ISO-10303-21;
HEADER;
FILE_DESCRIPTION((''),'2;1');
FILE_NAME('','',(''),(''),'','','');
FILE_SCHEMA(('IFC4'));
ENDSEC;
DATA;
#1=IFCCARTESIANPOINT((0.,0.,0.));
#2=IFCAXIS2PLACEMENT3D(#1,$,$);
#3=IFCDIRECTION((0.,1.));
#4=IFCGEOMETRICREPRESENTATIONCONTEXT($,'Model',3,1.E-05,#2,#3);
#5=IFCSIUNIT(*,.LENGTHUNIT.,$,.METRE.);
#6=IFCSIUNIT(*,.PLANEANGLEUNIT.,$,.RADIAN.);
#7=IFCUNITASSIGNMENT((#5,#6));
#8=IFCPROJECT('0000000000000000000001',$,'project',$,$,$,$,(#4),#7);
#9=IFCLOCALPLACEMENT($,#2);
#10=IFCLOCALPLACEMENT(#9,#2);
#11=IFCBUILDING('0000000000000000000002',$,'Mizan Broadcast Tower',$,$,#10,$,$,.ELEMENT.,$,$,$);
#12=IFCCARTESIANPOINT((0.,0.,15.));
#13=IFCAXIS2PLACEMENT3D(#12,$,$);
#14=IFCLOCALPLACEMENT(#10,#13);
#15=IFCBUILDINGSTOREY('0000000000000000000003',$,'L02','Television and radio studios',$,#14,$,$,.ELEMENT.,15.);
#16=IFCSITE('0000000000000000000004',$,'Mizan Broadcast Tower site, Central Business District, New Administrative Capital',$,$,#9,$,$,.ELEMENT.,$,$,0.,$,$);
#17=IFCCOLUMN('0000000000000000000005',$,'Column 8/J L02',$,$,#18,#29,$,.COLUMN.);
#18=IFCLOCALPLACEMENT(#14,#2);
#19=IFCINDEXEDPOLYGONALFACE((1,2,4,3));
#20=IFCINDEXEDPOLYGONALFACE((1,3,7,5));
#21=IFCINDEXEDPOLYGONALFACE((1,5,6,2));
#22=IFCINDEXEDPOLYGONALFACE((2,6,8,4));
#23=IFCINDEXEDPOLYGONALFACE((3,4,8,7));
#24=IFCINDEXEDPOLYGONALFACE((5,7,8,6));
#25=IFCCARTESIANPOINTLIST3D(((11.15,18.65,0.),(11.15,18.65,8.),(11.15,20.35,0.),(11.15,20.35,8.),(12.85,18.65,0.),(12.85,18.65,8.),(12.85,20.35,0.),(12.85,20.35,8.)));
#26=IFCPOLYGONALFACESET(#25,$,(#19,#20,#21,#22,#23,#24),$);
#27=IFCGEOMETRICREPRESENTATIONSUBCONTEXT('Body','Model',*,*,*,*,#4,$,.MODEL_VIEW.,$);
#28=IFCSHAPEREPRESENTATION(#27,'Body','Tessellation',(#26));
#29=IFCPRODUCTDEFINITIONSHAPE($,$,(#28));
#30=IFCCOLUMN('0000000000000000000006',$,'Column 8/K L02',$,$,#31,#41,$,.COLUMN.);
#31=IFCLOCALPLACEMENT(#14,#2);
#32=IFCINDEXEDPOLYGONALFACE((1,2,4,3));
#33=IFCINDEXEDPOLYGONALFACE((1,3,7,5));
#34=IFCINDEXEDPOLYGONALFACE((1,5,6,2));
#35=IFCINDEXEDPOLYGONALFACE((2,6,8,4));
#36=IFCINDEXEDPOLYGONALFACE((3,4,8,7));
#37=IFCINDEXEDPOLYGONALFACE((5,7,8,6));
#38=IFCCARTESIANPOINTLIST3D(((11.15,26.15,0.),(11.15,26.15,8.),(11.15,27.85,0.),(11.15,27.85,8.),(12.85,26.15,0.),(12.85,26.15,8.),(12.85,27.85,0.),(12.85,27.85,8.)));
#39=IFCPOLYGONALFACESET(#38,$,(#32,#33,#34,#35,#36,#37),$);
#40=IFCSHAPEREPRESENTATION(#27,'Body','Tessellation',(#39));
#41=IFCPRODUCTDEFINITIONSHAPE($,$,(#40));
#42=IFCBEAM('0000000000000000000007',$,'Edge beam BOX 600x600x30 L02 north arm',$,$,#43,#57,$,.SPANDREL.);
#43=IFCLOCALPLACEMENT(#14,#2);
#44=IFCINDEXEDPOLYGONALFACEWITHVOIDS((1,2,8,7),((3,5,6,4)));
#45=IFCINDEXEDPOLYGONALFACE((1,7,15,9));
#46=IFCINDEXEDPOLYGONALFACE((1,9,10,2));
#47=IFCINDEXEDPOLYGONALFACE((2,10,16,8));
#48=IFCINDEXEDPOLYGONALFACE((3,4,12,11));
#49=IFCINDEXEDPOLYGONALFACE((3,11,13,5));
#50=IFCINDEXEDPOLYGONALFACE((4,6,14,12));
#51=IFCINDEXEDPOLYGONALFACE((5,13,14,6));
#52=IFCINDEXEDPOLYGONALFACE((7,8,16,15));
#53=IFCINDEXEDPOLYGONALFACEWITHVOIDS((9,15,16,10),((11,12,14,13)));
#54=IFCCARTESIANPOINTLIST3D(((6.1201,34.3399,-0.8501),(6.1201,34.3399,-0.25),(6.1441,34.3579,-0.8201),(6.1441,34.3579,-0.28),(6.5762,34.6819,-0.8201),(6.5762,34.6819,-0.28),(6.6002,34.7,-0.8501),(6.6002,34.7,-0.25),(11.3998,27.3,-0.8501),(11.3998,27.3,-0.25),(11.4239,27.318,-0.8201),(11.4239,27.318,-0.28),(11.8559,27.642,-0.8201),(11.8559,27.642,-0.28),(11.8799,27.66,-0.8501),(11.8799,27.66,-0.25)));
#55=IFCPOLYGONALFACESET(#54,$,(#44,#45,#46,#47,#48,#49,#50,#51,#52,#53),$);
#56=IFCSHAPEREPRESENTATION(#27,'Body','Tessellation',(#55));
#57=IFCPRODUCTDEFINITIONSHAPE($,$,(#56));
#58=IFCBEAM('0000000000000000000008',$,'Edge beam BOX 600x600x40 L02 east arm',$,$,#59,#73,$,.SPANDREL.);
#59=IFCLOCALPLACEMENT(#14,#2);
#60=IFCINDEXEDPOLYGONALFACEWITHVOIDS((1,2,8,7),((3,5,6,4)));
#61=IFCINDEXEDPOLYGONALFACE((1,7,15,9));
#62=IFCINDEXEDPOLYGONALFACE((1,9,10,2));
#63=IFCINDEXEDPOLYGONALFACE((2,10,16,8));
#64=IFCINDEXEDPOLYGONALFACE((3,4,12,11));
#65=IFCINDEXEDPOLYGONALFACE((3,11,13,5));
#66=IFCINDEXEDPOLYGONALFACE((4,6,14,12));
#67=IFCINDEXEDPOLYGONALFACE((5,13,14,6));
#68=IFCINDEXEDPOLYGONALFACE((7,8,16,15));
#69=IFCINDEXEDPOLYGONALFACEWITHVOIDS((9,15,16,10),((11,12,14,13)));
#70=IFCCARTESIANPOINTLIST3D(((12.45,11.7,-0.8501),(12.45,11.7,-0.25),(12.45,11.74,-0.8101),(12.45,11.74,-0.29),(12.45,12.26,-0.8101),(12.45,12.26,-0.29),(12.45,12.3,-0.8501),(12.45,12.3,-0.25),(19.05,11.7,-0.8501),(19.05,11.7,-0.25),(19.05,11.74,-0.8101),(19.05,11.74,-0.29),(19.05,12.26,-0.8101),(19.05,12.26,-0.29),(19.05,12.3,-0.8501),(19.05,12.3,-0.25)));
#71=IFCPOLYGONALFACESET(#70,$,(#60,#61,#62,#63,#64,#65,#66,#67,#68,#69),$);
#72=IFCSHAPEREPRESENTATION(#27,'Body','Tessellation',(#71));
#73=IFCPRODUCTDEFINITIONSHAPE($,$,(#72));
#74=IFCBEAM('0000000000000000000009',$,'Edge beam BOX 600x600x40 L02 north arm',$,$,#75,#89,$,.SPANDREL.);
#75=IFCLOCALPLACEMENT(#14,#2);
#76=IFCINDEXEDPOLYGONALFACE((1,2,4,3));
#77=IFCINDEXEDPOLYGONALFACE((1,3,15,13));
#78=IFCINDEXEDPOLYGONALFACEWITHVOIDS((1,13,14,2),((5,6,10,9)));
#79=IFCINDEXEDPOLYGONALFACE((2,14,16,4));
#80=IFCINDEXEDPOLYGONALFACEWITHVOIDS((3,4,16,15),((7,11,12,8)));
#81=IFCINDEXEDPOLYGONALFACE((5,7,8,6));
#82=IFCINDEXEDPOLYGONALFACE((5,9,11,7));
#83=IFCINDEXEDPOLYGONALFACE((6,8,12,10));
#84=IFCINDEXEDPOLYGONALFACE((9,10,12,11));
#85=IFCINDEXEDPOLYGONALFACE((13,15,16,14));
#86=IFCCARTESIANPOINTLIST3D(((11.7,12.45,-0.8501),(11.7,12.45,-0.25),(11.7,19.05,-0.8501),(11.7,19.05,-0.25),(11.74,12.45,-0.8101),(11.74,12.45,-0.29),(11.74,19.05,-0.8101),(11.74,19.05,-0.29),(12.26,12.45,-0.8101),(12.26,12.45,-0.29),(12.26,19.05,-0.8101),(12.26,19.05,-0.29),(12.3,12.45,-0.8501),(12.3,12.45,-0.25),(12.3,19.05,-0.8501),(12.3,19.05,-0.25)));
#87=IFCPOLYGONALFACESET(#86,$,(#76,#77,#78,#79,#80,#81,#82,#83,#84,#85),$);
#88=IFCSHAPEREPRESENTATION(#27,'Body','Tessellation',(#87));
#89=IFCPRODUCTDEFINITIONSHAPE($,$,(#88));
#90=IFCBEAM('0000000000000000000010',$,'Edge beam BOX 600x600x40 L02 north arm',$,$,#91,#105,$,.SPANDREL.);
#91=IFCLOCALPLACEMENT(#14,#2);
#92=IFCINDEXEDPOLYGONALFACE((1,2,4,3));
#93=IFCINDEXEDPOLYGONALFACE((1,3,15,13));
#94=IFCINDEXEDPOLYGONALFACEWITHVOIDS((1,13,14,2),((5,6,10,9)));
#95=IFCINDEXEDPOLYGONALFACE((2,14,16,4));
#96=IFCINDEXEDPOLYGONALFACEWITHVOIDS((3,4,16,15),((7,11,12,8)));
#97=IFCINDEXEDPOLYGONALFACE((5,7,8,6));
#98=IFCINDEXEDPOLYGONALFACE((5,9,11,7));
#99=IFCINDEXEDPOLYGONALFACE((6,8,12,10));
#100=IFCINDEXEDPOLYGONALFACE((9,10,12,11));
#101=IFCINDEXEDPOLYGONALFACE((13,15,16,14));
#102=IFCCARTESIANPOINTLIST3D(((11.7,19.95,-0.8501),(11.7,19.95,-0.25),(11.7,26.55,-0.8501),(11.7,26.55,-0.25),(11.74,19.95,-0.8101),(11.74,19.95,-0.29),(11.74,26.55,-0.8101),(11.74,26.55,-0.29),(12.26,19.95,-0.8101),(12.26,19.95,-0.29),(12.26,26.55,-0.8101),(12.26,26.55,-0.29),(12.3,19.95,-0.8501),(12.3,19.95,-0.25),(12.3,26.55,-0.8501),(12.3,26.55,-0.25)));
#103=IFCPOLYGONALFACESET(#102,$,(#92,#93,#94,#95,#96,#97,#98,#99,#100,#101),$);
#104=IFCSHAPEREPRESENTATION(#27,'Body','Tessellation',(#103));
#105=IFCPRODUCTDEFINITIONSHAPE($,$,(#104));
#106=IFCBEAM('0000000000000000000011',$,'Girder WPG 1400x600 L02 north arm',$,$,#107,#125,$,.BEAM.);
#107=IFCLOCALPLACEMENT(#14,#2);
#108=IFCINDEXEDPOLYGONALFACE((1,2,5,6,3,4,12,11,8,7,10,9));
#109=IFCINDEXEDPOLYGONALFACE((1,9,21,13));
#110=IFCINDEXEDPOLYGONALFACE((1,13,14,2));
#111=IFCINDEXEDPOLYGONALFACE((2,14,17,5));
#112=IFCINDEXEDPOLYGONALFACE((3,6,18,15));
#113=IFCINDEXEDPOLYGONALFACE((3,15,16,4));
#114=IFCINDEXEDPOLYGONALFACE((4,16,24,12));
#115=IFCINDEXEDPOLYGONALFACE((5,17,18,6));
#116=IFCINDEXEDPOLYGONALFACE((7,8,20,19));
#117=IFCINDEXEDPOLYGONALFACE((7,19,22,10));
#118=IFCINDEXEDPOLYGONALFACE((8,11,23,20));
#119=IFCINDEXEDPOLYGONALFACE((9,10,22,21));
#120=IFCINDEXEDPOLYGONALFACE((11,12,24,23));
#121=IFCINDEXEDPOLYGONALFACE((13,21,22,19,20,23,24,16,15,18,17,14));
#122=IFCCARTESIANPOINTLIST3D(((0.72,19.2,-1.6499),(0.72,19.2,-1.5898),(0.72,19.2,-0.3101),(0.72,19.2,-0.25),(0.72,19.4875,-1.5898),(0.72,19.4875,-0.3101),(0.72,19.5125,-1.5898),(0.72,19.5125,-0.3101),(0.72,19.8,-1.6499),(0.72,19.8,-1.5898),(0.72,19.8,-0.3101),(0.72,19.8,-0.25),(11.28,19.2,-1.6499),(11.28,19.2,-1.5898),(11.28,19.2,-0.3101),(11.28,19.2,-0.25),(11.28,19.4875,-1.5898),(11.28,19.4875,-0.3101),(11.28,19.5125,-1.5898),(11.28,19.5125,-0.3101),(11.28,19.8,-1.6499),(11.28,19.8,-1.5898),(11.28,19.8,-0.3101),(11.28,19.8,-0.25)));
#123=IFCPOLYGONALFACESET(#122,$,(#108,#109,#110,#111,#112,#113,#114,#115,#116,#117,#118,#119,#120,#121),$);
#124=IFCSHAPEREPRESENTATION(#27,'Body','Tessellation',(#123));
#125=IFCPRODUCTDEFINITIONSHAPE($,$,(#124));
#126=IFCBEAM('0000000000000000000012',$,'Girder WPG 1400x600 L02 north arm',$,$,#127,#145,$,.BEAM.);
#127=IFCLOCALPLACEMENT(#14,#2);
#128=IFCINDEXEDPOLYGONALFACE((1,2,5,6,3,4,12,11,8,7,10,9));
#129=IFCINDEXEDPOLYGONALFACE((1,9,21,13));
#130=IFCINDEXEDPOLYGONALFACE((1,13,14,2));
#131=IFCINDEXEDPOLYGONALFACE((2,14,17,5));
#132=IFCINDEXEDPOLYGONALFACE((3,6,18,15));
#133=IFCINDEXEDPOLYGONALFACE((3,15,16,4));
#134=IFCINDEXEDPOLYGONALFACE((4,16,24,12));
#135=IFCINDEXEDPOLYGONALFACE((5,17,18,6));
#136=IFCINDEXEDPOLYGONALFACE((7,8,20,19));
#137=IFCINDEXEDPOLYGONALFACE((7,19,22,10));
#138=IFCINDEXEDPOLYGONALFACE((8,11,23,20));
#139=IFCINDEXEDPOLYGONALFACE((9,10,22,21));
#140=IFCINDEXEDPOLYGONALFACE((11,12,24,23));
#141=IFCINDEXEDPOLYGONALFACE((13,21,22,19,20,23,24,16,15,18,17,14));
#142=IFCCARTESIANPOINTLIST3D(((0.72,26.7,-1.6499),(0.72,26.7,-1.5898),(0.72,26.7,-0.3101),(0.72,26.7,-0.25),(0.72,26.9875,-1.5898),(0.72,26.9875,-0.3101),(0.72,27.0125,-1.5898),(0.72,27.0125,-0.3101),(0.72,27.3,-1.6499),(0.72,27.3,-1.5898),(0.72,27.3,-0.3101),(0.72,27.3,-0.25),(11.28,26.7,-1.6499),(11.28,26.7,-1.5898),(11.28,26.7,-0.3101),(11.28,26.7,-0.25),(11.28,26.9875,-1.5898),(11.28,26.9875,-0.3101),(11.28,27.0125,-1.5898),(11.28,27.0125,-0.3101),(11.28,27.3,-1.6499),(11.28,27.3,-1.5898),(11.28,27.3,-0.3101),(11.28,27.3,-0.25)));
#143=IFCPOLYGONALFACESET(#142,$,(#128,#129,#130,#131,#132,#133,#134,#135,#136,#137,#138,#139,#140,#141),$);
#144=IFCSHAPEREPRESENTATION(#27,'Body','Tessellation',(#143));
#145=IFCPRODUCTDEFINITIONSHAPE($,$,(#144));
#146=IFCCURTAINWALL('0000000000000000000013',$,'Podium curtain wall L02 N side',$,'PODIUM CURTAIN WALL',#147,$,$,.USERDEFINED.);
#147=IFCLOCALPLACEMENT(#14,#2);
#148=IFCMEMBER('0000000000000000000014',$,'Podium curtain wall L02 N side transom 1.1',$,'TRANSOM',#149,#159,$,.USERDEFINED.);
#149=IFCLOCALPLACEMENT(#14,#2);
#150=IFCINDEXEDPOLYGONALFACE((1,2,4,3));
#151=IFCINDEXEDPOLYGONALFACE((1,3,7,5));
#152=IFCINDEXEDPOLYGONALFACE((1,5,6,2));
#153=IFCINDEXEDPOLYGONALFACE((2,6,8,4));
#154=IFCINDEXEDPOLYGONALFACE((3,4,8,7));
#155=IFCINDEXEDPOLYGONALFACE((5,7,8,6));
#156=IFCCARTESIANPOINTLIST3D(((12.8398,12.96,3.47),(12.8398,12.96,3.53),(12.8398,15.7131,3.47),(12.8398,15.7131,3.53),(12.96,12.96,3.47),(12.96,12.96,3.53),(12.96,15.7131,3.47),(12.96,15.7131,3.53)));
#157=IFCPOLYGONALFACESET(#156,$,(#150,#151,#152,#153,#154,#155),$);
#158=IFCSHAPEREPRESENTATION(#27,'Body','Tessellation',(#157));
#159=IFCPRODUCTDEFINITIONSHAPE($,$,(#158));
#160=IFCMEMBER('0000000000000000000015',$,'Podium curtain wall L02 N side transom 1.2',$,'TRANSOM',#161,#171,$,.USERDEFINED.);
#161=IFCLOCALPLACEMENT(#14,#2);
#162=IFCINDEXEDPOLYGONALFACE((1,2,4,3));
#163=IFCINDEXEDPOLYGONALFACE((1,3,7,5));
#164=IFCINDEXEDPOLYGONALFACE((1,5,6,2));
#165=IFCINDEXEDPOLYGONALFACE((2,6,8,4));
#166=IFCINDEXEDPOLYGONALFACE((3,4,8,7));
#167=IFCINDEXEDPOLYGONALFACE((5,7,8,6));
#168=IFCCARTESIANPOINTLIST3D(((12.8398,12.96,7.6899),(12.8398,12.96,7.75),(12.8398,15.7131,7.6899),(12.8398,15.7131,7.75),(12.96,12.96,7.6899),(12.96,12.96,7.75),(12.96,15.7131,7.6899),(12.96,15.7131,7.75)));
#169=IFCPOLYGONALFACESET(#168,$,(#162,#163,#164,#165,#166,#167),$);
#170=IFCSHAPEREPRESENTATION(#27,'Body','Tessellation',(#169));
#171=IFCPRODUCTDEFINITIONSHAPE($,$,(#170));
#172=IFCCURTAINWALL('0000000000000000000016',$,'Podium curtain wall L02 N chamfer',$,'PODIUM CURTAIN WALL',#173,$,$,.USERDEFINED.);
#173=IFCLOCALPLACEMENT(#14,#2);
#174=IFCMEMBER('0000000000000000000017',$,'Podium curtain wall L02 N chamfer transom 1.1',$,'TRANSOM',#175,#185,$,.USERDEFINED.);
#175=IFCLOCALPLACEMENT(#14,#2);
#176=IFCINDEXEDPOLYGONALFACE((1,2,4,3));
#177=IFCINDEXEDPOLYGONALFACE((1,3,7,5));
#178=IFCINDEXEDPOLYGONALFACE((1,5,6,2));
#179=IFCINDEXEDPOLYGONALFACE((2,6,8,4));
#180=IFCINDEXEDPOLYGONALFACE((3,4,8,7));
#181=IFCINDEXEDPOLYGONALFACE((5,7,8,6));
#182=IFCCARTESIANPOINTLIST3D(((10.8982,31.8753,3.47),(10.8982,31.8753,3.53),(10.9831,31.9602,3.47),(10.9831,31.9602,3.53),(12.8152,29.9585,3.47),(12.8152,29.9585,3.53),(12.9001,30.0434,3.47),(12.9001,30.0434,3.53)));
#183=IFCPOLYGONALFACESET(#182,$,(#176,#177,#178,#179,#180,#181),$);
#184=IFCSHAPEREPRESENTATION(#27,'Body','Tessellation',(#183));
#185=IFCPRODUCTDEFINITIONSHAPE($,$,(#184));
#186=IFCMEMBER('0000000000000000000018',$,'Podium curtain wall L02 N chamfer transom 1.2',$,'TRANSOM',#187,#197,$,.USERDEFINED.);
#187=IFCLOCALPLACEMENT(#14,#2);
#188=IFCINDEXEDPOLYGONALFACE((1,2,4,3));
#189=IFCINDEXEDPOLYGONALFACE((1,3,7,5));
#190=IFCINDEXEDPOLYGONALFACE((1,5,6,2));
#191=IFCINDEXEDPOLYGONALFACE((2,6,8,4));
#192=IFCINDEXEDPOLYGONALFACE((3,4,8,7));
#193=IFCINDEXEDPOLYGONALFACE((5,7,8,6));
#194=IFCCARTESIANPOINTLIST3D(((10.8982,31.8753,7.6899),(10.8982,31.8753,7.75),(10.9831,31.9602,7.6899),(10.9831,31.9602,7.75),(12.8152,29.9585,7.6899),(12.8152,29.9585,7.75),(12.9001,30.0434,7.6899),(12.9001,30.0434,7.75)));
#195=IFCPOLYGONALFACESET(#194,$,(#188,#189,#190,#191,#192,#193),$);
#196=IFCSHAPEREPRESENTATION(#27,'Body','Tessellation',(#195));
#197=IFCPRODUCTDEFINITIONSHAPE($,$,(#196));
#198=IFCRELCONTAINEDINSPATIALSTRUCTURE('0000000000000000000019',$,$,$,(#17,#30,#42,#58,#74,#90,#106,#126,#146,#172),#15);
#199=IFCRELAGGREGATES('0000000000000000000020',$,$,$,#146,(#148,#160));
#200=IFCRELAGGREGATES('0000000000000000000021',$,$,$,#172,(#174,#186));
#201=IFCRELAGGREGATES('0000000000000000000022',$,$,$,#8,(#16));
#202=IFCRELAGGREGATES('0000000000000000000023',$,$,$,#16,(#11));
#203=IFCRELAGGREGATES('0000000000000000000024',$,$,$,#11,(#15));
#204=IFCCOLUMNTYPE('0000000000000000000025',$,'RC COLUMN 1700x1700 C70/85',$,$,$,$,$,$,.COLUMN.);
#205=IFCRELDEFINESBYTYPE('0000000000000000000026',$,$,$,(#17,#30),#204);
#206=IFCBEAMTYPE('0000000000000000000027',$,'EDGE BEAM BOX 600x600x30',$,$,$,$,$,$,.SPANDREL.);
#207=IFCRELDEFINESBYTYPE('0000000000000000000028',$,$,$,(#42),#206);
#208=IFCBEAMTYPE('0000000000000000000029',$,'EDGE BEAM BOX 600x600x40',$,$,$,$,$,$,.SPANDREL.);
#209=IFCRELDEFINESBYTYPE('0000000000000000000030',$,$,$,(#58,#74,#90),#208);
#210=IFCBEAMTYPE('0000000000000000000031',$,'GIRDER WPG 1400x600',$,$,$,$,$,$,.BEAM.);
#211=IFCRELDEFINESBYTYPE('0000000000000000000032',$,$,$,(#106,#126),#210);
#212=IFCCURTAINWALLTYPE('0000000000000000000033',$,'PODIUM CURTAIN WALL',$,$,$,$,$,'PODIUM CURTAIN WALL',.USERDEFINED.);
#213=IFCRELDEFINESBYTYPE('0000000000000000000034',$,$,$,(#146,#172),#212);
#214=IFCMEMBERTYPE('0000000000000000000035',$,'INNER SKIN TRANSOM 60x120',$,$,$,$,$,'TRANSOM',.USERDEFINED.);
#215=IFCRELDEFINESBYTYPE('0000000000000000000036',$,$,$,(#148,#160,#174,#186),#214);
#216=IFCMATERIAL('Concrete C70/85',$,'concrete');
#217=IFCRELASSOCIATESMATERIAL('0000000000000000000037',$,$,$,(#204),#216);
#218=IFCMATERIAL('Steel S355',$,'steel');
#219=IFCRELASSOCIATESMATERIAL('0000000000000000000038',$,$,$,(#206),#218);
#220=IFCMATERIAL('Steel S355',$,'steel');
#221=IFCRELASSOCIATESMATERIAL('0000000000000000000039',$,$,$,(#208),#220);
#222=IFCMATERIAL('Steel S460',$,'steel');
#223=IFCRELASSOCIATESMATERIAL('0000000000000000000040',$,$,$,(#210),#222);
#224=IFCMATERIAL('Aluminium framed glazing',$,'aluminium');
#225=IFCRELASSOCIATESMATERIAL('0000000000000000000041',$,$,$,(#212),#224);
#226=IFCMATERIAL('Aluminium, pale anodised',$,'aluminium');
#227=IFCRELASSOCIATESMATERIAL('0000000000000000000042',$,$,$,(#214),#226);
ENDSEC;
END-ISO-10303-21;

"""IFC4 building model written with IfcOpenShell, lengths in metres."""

from ifc_helpers import new_model, si_unit, direction, frame, origin, origin_2d, place, context, subcontext, project, spatial, rectangle, hollow_rectangle, i_section, extrude, material, material_profile, profile_set, type_object, element, aggregate, save


model = new_model("IFC4")

# Units and contexts
model_context = context("Model", 3, precision=1e-05, world=origin(), true_north=direction((0.0, 1.0)))
body_context = subcontext(model_context, "Body", "Model", "MODEL_VIEW")
ifc_project = project(units=[si_unit("LENGTHUNIT", "METRE"), si_unit("PLANEANGLEUNIT", "RADIAN")], contexts=[model_context])

# Site, building, storey
site_placement = place(None, origin())
site = spatial("IfcSite", under=ifc_project, at=site_placement, Name="Mizan Broadcast Tower site, Central Business District, New Administrative Capital", CompositionType="ELEMENT", RefElevation=0.0)
building_placement = place(site_placement, origin())
building = spatial("IfcBuilding", under=site, at=building_placement, Name="Mizan Broadcast Tower", CompositionType="ELEMENT")
storey_placement = place(building_placement, frame((0.0, 0.0, 15.0)))
storey = spatial("IfcBuildingStorey", under=building, at=storey_placement, Name="L02", Description="Television and radio studios", CompositionType="ELEMENT", Elevation=15.0)

# Columns
ifc_material_1 = material(Name="Concrete C70/85", Category="concrete")
ifc_material_profile_1 = material_profile(ifc_material_1, rectangle(XDim=1.7, YDim=1.7, at=origin_2d()), Name="RC 1700x1700")
ifc_profile_set_1 = profile_set([ifc_material_profile_1], Name="Concrete C70/85")
column_type = type_object("IfcColumnType", Name="RC COLUMN 1700x1700 C70/85", PredefinedType="COLUMN", material=ifc_profile_set_1)
for number, where, z_axis, x_axis, name in (
    (1, (12.0, 19.5, 0.0), (0.0, 0.0, 1.0), (1.0, 0.0, 0.0), "Column 8/J L02"),
    (2, (12.0, 27.0, 0.0), (0.0, 0.0, 1.0), (1.0, 0.0, 0.0), "Column 8/K L02"),
):
    element("IfcColumn", number, at=place(storey_placement, frame(where, z_axis=z_axis, x_axis=x_axis)), inside=storey, type_object=column_type, Name=name, PredefinedType="COLUMN", context=body_context, shape_type="SweptSolid", body=[
        extrude(rectangle(XDim=1.7, YDim=1.7, at=origin_2d()), origin(), (0.0, 0.0, 1.0), 8.0),
    ])

# Beams
ifc_material_2 = material(Name="Steel S355", Category="steel")
ifc_material_profile_2 = material_profile(ifc_material_2, hollow_rectangle(XDim=0.6001, YDim=0.6001, WallThickness=0.03, at=origin_2d()), Name="BOX 600x600x30")
ifc_profile_set_2 = profile_set([ifc_material_profile_2], Name="Steel S355")
beam_type_1 = type_object("IfcBeamType", Name="EDGE BEAM BOX 600x600x30", PredefinedType="SPANDREL", material=ifc_profile_set_2)
beam_1_placement = place(storey_placement, frame((11.6399, 27.48, -0.55), z_axis=(-0.599982, 0.800013, 0.0), x_axis=(-0.800013, -0.599982, 0.0)))
element("IfcBeam", 3, at=beam_1_placement, inside=storey, type_object=beam_type_1, Name="Edge beam BOX 600x600x30 L02 north arm", PredefinedType="SPANDREL", context=body_context, shape_type="SweptSolid", body=[
    extrude(hollow_rectangle(XDim=0.6001, YDim=0.6001, WallThickness=0.03, at=origin_2d()), origin(), (0.0, 0.0, 1.0), 8.7998),
])
ifc_material_3 = material(Name="Steel S355", Category="steel")
ifc_material_profile_3 = material_profile(ifc_material_3, hollow_rectangle(XDim=0.6001, YDim=0.6001, WallThickness=0.04, at=origin_2d()), Name="BOX 600x600x40")
ifc_profile_set_3 = profile_set([ifc_material_profile_3], Name="Steel S355")
beam_type_2 = type_object("IfcBeamType", Name="EDGE BEAM BOX 600x600x40", PredefinedType="SPANDREL", material=ifc_profile_set_3)
for number, where, z_axis, x_axis, name in (
    (4, (12.45, 12.0, -0.55), (1.0, 0.0, 0.0), (0.0, 1.0, 0.0), "Edge beam BOX 600x600x40 L02 east arm"),
    (5, (12.0, 12.45, -0.55), (0.0, 1.0, 0.0), (-1.0, 0.0, 0.0), "Edge beam BOX 600x600x40 L02 north arm"),
    (6, (12.0, 19.95, -0.55), (0.0, 1.0, 0.0), (-1.0, 0.0, 0.0), "Edge beam BOX 600x600x40 L02 north arm"),
):
    element("IfcBeam", number, at=place(storey_placement, frame(where, z_axis=z_axis, x_axis=x_axis)), inside=storey, type_object=beam_type_2, Name=name, PredefinedType="SPANDREL", context=body_context, shape_type="SweptSolid", body=[
        extrude(hollow_rectangle(XDim=0.6001, YDim=0.6001, WallThickness=0.04, at=origin_2d()), origin(), (0.0, 0.0, 1.0), 6.6001),
    ])
ifc_material_4 = material(Name="Steel S460", Category="steel")
ifc_material_profile_4 = material_profile(ifc_material_4, i_section(OverallWidth=0.6001, OverallDepth=1.3999, WebThickness=0.0249, FlangeThickness=0.0601, at=origin_2d()), Name="WPG 1400x600")
ifc_profile_set_4 = profile_set([ifc_material_profile_4], Name="Steel S460")
beam_type_3 = type_object("IfcBeamType", Name="GIRDER WPG 1400x600", PredefinedType="BEAM", material=ifc_profile_set_4)
for number, where, z_axis, x_axis, name in (
    (7, (11.28, 19.5, -0.95), (-1.0, 0.0, 0.0), (0.0, -1.0, 0.0), "Girder WPG 1400x600 L02 north arm"),
    (8, (11.28, 27.0, -0.95), (-1.0, 0.0, 0.0), (0.0, -1.0, 0.0), "Girder WPG 1400x600 L02 north arm"),
):
    element("IfcBeam", number, at=place(storey_placement, frame(where, z_axis=z_axis, x_axis=x_axis)), inside=storey, type_object=beam_type_3, Name=name, PredefinedType="BEAM", context=body_context, shape_type="SweptSolid", body=[
        extrude(i_section(OverallWidth=0.6001, OverallDepth=1.3999, WebThickness=0.0249, FlangeThickness=0.0601, at=origin_2d()), origin(), (0.0, 0.0, 1.0), 10.5601),
    ])

# Curtain walls, members
ifc_material_5 = material(Name="Aluminium framed glazing", Category="aluminium")
curtain_wall_type = type_object("IfcCurtainWallType", Name="PODIUM CURTAIN WALL", ElementType="PODIUM CURTAIN WALL", PredefinedType="USERDEFINED", material=ifc_material_5)
curtain_wall_1_placement = place(storey_placement, origin())
curtain_wall_1 = element("IfcCurtainWall", 9, at=curtain_wall_1_placement, inside=storey, type_object=curtain_wall_type, Name="Podium curtain wall L02 N side", ObjectType="PODIUM CURTAIN WALL", PredefinedType="USERDEFINED")
ifc_material_6 = material(Name="Aluminium, pale anodised", Category="aluminium")
ifc_material_profile_5 = material_profile(ifc_material_6, rectangle(XDim=0.1201, YDim=0.0601, at=origin_2d()), Name="TRANSOM 120x60")
ifc_profile_set_5 = profile_set([ifc_material_profile_5], Name="Aluminium, pale anodised")
member_type = type_object("IfcMemberType", Name="INNER SKIN TRANSOM 60x120", ElementType="TRANSOM", PredefinedType="USERDEFINED", material=ifc_profile_set_5)
member_1_placement = place(storey_placement, frame((12.8999, 12.96, 3.5), z_axis=(0.0, 1.0, 0.0), x_axis=(-1.0, 0.0, 0.0)))
member_1 = element("IfcMember", 10, at=member_1_placement, type_object=member_type, Name="Podium curtain wall L02 N side transom 1.1", ObjectType="TRANSOM", PredefinedType="USERDEFINED", context=body_context, shape_type="SweptSolid", body=[
    extrude(rectangle(XDim=0.1201, YDim=0.0601, at=origin_2d()), origin(), (0.0, 0.0, 1.0), 2.7532),
])
member_2_placement = place(storey_placement, frame((12.8999, 12.96, 7.72), z_axis=(0.0, 1.0, 0.0), x_axis=(-1.0, 0.0, 0.0)))
member_2 = element("IfcMember", 11, at=member_2_placement, type_object=member_type, Name="Podium curtain wall L02 N side transom 1.2", ObjectType="TRANSOM", PredefinedType="USERDEFINED", context=body_context, shape_type="SweptSolid", body=[
    extrude(rectangle(XDim=0.1201, YDim=0.0601, at=origin_2d()), origin(), (0.0, 0.0, 1.0), 2.7532),
])
aggregate(curtain_wall_1, [member_1, member_2])
curtain_wall_2_placement = place(storey_placement, origin())
curtain_wall_2 = element("IfcCurtainWall", 12, at=curtain_wall_2_placement, inside=storey, type_object=curtain_wall_type, Name="Podium curtain wall L02 N chamfer", ObjectType="PODIUM CURTAIN WALL", PredefinedType="USERDEFINED")
member_3_placement = place(storey_placement, frame((12.8577, 30.001, 3.5), z_axis=(-0.707152, 0.707062, 0.0), x_axis=(-0.707062, -0.707152, 0.0)))
member_3 = element("IfcMember", 13, at=member_3_placement, type_object=member_type, Name="Podium curtain wall L02 N chamfer transom 1.1", ObjectType="TRANSOM", PredefinedType="USERDEFINED", context=body_context, shape_type="SweptSolid", body=[
    extrude(rectangle(XDim=0.1201, YDim=0.0601, at=origin_2d()), origin(), (0.0, 0.0, 1.0), 2.7109),
])
member_4_placement = place(storey_placement, frame((12.8577, 30.001, 7.72), z_axis=(-0.707152, 0.707062, 0.0), x_axis=(-0.707062, -0.707152, 0.0)))
member_4 = element("IfcMember", 14, at=member_4_placement, type_object=member_type, Name="Podium curtain wall L02 N chamfer transom 1.2", ObjectType="TRANSOM", PredefinedType="USERDEFINED", context=body_context, shape_type="SweptSolid", body=[
    extrude(rectangle(XDim=0.1201, YDim=0.0601, at=origin_2d()), origin(), (0.0, 0.0, 1.0), 2.7109),
])

aggregate(curtain_wall_2, [member_3, member_4])

save(model, "model.ifc")
